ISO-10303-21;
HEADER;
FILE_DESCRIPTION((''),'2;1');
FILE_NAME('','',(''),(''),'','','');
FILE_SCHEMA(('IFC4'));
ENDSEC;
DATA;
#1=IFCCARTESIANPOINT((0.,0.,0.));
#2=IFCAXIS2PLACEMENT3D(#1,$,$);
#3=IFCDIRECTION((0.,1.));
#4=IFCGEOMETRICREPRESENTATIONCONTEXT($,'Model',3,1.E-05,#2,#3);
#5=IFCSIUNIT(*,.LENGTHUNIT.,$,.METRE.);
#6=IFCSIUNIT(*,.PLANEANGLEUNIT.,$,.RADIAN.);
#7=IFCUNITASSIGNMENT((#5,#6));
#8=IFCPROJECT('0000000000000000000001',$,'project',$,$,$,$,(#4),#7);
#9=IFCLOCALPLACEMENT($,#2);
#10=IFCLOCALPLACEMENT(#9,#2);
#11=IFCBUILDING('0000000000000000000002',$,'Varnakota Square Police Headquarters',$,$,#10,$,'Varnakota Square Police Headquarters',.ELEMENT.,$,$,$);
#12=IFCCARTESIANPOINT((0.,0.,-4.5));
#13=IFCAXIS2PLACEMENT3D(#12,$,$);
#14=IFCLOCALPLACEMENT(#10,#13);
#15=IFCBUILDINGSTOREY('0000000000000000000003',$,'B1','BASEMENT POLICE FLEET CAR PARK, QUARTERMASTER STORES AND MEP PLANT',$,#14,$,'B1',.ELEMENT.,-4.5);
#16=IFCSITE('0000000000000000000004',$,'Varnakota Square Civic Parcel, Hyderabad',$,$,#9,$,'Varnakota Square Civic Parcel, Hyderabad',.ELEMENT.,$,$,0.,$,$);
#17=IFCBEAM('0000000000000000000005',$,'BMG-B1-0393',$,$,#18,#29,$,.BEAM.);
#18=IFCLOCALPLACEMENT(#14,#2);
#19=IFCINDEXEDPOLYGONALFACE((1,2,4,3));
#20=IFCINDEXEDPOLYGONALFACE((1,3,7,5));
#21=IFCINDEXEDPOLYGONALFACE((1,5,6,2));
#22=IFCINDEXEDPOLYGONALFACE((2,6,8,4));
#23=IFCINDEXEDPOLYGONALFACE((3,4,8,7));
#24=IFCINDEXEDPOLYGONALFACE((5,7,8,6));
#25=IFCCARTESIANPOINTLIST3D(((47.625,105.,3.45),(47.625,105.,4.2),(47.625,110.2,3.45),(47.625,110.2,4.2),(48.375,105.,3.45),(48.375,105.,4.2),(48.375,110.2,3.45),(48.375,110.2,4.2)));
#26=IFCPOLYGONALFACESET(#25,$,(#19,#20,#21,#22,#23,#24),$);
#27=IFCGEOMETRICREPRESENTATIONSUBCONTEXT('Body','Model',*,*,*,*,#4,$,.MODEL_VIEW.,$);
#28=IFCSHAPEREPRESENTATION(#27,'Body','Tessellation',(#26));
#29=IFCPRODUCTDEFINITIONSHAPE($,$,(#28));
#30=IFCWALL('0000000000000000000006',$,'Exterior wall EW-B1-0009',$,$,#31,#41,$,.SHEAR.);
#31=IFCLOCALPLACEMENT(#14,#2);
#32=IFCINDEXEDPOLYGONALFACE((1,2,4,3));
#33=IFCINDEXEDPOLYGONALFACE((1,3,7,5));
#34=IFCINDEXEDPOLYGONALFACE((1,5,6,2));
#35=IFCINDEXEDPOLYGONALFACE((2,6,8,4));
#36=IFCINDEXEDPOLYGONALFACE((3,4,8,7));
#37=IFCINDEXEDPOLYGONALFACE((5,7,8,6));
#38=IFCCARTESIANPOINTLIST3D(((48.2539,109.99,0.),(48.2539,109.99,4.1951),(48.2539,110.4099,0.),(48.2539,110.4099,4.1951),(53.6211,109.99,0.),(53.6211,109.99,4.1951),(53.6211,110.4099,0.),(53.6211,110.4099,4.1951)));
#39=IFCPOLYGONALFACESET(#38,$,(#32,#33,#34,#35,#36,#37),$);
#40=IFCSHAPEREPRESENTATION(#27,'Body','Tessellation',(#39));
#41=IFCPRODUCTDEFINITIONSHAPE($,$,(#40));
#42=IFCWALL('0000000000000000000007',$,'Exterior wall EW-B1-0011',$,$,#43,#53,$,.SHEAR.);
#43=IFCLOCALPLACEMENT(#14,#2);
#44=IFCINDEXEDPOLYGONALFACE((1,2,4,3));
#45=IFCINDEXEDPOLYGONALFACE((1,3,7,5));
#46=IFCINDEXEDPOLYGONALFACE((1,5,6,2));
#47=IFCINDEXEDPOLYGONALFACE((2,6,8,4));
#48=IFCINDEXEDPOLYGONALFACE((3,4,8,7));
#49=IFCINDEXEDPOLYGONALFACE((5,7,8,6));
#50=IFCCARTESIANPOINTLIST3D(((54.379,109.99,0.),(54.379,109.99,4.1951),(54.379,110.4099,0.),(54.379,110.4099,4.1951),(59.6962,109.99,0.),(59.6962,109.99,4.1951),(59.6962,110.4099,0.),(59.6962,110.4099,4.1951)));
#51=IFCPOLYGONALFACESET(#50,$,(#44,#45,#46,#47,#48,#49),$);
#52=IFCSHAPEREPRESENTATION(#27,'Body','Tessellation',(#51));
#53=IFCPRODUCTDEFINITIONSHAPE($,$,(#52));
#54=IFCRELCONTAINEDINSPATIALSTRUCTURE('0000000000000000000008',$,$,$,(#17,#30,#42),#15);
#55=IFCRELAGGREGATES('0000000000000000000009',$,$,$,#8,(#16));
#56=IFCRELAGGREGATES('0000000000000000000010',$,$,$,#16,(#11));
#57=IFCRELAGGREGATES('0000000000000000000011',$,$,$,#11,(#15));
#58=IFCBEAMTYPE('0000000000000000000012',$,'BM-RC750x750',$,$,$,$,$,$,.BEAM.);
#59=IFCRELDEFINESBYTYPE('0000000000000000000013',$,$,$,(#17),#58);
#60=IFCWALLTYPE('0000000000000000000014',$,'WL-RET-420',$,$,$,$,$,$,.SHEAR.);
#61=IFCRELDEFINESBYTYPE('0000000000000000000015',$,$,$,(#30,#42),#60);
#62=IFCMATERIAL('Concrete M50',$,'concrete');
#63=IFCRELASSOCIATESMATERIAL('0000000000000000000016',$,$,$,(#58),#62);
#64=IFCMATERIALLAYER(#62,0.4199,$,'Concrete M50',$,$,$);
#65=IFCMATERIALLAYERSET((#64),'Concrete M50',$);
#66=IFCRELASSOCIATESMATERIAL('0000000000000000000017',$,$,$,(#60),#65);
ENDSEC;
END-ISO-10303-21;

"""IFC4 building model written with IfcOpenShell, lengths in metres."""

from ifc_helpers import new_model, si_unit, direction, frame, frame_2d, origin, origin_2d, place, context, subcontext, project, spatial, rectangle, extrude, material, layer, layer_set, material_profile, profile_set, type_object, element, save


model = new_model("IFC4")

# Units and contexts
model_context = context("Model", 3, precision=1e-05, world=origin(), true_north=direction((0.0, 1.0)))
body_context = subcontext(model_context, "Body", "Model", "MODEL_VIEW")
ifc_project = project(units=[si_unit("LENGTHUNIT", "METRE"), si_unit("PLANEANGLEUNIT", "RADIAN")], contexts=[model_context])

# Site, building, storey
site_placement = place(None, origin())
site = spatial("IfcSite", under=ifc_project, at=site_placement, Name="Varnakota Square Civic Parcel, Hyderabad", LongName="Varnakota Square Civic Parcel, Hyderabad", CompositionType="ELEMENT", RefElevation=0.0)
building_placement = place(site_placement, origin())
building = spatial("IfcBuilding", under=site, at=building_placement, Name="Varnakota Square Police Headquarters", LongName="Varnakota Square Police Headquarters", CompositionType="ELEMENT")
storey_placement = place(building_placement, frame((0.0, 0.0, -4.5)))
storey = spatial("IfcBuildingStorey", under=building, at=storey_placement, Name="B1", Description="BASEMENT POLICE FLEET CAR PARK, QUARTERMASTER STORES AND MEP PLANT", LongName="B1", CompositionType="ELEMENT", Elevation=-4.5)

# Shared definitions
ifc_material_1 = material(Name="Concrete M50", Category="concrete")

# Beam
ifc_material_profile_1 = material_profile(ifc_material_1, rectangle(XDim=0.75, YDim=0.75, at=origin_2d()), Name="RC 750x750")
ifc_profile_set_1 = profile_set([ifc_material_profile_1], Name="Concrete M50")
beam_type_1 = type_object("IfcBeamType", Name="BM-RC750x750", PredefinedType="BEAM", material=ifc_profile_set_1)
beam_placement = place(storey_placement, frame((48.0, 105.0, 3.825), z_axis=(0.0, 1.0, 0.0), x_axis=(-1.0, 0.0, 0.0)))
element("IfcBeam", 1, at=beam_placement, inside=storey, type_object=beam_type_1, Name="BMG-B1-0393", PredefinedType="BEAM", context=body_context, shape_type="SweptSolid", body=[
    extrude(rectangle(XDim=0.75, YDim=0.75, at=origin_2d()), origin(), (0.0, 0.0, 1.0), 5.2),
])

# Walls
ifc_layer = layer(ifc_material_1, 0.4199, Name="Concrete M50")
ifc_layer_set = layer_set([ifc_layer], Name="Concrete M50")
wall_type = type_object("IfcWallType", Name="WL-RET-420", PredefinedType="SHEAR", material=ifc_layer_set)
wall_1_placement = place(storey_placement, frame((48.2539, 110.2, 0.0), z_axis=(0.0, 0.0, 1.0), x_axis=(1.0, 0.0, 0.0)))
element("IfcWall", 2, at=wall_1_placement, inside=storey, type_object=wall_type, Name="Exterior wall EW-B1-0009", PredefinedType="SHEAR", context=body_context, shape_type="SweptSolid", body=[
    extrude(rectangle(XDim=5.3672, YDim=0.4199, at=frame_2d((2.6836, 0.0))), origin(), (0.0, 0.0, 1.0), 4.1951),
])
wall_2_placement = place(storey_placement, frame((54.3789, 110.2, 0.0), z_axis=(0.0, 0.0, 1.0), x_axis=(1.0, 0.0, 0.0)))
element("IfcWall", 3, at=wall_2_placement, inside=storey, type_object=wall_type, Name="Exterior wall EW-B1-0011", PredefinedType="SHEAR", context=body_context, shape_type="SweptSolid", body=[
    extrude(rectangle(XDim=5.3171, YDim=0.4199, at=frame_2d((2.6587, 0.0))), origin(), (0.0, 0.0, 1.0), 4.1951),
])

save(model, "model.ifc")
